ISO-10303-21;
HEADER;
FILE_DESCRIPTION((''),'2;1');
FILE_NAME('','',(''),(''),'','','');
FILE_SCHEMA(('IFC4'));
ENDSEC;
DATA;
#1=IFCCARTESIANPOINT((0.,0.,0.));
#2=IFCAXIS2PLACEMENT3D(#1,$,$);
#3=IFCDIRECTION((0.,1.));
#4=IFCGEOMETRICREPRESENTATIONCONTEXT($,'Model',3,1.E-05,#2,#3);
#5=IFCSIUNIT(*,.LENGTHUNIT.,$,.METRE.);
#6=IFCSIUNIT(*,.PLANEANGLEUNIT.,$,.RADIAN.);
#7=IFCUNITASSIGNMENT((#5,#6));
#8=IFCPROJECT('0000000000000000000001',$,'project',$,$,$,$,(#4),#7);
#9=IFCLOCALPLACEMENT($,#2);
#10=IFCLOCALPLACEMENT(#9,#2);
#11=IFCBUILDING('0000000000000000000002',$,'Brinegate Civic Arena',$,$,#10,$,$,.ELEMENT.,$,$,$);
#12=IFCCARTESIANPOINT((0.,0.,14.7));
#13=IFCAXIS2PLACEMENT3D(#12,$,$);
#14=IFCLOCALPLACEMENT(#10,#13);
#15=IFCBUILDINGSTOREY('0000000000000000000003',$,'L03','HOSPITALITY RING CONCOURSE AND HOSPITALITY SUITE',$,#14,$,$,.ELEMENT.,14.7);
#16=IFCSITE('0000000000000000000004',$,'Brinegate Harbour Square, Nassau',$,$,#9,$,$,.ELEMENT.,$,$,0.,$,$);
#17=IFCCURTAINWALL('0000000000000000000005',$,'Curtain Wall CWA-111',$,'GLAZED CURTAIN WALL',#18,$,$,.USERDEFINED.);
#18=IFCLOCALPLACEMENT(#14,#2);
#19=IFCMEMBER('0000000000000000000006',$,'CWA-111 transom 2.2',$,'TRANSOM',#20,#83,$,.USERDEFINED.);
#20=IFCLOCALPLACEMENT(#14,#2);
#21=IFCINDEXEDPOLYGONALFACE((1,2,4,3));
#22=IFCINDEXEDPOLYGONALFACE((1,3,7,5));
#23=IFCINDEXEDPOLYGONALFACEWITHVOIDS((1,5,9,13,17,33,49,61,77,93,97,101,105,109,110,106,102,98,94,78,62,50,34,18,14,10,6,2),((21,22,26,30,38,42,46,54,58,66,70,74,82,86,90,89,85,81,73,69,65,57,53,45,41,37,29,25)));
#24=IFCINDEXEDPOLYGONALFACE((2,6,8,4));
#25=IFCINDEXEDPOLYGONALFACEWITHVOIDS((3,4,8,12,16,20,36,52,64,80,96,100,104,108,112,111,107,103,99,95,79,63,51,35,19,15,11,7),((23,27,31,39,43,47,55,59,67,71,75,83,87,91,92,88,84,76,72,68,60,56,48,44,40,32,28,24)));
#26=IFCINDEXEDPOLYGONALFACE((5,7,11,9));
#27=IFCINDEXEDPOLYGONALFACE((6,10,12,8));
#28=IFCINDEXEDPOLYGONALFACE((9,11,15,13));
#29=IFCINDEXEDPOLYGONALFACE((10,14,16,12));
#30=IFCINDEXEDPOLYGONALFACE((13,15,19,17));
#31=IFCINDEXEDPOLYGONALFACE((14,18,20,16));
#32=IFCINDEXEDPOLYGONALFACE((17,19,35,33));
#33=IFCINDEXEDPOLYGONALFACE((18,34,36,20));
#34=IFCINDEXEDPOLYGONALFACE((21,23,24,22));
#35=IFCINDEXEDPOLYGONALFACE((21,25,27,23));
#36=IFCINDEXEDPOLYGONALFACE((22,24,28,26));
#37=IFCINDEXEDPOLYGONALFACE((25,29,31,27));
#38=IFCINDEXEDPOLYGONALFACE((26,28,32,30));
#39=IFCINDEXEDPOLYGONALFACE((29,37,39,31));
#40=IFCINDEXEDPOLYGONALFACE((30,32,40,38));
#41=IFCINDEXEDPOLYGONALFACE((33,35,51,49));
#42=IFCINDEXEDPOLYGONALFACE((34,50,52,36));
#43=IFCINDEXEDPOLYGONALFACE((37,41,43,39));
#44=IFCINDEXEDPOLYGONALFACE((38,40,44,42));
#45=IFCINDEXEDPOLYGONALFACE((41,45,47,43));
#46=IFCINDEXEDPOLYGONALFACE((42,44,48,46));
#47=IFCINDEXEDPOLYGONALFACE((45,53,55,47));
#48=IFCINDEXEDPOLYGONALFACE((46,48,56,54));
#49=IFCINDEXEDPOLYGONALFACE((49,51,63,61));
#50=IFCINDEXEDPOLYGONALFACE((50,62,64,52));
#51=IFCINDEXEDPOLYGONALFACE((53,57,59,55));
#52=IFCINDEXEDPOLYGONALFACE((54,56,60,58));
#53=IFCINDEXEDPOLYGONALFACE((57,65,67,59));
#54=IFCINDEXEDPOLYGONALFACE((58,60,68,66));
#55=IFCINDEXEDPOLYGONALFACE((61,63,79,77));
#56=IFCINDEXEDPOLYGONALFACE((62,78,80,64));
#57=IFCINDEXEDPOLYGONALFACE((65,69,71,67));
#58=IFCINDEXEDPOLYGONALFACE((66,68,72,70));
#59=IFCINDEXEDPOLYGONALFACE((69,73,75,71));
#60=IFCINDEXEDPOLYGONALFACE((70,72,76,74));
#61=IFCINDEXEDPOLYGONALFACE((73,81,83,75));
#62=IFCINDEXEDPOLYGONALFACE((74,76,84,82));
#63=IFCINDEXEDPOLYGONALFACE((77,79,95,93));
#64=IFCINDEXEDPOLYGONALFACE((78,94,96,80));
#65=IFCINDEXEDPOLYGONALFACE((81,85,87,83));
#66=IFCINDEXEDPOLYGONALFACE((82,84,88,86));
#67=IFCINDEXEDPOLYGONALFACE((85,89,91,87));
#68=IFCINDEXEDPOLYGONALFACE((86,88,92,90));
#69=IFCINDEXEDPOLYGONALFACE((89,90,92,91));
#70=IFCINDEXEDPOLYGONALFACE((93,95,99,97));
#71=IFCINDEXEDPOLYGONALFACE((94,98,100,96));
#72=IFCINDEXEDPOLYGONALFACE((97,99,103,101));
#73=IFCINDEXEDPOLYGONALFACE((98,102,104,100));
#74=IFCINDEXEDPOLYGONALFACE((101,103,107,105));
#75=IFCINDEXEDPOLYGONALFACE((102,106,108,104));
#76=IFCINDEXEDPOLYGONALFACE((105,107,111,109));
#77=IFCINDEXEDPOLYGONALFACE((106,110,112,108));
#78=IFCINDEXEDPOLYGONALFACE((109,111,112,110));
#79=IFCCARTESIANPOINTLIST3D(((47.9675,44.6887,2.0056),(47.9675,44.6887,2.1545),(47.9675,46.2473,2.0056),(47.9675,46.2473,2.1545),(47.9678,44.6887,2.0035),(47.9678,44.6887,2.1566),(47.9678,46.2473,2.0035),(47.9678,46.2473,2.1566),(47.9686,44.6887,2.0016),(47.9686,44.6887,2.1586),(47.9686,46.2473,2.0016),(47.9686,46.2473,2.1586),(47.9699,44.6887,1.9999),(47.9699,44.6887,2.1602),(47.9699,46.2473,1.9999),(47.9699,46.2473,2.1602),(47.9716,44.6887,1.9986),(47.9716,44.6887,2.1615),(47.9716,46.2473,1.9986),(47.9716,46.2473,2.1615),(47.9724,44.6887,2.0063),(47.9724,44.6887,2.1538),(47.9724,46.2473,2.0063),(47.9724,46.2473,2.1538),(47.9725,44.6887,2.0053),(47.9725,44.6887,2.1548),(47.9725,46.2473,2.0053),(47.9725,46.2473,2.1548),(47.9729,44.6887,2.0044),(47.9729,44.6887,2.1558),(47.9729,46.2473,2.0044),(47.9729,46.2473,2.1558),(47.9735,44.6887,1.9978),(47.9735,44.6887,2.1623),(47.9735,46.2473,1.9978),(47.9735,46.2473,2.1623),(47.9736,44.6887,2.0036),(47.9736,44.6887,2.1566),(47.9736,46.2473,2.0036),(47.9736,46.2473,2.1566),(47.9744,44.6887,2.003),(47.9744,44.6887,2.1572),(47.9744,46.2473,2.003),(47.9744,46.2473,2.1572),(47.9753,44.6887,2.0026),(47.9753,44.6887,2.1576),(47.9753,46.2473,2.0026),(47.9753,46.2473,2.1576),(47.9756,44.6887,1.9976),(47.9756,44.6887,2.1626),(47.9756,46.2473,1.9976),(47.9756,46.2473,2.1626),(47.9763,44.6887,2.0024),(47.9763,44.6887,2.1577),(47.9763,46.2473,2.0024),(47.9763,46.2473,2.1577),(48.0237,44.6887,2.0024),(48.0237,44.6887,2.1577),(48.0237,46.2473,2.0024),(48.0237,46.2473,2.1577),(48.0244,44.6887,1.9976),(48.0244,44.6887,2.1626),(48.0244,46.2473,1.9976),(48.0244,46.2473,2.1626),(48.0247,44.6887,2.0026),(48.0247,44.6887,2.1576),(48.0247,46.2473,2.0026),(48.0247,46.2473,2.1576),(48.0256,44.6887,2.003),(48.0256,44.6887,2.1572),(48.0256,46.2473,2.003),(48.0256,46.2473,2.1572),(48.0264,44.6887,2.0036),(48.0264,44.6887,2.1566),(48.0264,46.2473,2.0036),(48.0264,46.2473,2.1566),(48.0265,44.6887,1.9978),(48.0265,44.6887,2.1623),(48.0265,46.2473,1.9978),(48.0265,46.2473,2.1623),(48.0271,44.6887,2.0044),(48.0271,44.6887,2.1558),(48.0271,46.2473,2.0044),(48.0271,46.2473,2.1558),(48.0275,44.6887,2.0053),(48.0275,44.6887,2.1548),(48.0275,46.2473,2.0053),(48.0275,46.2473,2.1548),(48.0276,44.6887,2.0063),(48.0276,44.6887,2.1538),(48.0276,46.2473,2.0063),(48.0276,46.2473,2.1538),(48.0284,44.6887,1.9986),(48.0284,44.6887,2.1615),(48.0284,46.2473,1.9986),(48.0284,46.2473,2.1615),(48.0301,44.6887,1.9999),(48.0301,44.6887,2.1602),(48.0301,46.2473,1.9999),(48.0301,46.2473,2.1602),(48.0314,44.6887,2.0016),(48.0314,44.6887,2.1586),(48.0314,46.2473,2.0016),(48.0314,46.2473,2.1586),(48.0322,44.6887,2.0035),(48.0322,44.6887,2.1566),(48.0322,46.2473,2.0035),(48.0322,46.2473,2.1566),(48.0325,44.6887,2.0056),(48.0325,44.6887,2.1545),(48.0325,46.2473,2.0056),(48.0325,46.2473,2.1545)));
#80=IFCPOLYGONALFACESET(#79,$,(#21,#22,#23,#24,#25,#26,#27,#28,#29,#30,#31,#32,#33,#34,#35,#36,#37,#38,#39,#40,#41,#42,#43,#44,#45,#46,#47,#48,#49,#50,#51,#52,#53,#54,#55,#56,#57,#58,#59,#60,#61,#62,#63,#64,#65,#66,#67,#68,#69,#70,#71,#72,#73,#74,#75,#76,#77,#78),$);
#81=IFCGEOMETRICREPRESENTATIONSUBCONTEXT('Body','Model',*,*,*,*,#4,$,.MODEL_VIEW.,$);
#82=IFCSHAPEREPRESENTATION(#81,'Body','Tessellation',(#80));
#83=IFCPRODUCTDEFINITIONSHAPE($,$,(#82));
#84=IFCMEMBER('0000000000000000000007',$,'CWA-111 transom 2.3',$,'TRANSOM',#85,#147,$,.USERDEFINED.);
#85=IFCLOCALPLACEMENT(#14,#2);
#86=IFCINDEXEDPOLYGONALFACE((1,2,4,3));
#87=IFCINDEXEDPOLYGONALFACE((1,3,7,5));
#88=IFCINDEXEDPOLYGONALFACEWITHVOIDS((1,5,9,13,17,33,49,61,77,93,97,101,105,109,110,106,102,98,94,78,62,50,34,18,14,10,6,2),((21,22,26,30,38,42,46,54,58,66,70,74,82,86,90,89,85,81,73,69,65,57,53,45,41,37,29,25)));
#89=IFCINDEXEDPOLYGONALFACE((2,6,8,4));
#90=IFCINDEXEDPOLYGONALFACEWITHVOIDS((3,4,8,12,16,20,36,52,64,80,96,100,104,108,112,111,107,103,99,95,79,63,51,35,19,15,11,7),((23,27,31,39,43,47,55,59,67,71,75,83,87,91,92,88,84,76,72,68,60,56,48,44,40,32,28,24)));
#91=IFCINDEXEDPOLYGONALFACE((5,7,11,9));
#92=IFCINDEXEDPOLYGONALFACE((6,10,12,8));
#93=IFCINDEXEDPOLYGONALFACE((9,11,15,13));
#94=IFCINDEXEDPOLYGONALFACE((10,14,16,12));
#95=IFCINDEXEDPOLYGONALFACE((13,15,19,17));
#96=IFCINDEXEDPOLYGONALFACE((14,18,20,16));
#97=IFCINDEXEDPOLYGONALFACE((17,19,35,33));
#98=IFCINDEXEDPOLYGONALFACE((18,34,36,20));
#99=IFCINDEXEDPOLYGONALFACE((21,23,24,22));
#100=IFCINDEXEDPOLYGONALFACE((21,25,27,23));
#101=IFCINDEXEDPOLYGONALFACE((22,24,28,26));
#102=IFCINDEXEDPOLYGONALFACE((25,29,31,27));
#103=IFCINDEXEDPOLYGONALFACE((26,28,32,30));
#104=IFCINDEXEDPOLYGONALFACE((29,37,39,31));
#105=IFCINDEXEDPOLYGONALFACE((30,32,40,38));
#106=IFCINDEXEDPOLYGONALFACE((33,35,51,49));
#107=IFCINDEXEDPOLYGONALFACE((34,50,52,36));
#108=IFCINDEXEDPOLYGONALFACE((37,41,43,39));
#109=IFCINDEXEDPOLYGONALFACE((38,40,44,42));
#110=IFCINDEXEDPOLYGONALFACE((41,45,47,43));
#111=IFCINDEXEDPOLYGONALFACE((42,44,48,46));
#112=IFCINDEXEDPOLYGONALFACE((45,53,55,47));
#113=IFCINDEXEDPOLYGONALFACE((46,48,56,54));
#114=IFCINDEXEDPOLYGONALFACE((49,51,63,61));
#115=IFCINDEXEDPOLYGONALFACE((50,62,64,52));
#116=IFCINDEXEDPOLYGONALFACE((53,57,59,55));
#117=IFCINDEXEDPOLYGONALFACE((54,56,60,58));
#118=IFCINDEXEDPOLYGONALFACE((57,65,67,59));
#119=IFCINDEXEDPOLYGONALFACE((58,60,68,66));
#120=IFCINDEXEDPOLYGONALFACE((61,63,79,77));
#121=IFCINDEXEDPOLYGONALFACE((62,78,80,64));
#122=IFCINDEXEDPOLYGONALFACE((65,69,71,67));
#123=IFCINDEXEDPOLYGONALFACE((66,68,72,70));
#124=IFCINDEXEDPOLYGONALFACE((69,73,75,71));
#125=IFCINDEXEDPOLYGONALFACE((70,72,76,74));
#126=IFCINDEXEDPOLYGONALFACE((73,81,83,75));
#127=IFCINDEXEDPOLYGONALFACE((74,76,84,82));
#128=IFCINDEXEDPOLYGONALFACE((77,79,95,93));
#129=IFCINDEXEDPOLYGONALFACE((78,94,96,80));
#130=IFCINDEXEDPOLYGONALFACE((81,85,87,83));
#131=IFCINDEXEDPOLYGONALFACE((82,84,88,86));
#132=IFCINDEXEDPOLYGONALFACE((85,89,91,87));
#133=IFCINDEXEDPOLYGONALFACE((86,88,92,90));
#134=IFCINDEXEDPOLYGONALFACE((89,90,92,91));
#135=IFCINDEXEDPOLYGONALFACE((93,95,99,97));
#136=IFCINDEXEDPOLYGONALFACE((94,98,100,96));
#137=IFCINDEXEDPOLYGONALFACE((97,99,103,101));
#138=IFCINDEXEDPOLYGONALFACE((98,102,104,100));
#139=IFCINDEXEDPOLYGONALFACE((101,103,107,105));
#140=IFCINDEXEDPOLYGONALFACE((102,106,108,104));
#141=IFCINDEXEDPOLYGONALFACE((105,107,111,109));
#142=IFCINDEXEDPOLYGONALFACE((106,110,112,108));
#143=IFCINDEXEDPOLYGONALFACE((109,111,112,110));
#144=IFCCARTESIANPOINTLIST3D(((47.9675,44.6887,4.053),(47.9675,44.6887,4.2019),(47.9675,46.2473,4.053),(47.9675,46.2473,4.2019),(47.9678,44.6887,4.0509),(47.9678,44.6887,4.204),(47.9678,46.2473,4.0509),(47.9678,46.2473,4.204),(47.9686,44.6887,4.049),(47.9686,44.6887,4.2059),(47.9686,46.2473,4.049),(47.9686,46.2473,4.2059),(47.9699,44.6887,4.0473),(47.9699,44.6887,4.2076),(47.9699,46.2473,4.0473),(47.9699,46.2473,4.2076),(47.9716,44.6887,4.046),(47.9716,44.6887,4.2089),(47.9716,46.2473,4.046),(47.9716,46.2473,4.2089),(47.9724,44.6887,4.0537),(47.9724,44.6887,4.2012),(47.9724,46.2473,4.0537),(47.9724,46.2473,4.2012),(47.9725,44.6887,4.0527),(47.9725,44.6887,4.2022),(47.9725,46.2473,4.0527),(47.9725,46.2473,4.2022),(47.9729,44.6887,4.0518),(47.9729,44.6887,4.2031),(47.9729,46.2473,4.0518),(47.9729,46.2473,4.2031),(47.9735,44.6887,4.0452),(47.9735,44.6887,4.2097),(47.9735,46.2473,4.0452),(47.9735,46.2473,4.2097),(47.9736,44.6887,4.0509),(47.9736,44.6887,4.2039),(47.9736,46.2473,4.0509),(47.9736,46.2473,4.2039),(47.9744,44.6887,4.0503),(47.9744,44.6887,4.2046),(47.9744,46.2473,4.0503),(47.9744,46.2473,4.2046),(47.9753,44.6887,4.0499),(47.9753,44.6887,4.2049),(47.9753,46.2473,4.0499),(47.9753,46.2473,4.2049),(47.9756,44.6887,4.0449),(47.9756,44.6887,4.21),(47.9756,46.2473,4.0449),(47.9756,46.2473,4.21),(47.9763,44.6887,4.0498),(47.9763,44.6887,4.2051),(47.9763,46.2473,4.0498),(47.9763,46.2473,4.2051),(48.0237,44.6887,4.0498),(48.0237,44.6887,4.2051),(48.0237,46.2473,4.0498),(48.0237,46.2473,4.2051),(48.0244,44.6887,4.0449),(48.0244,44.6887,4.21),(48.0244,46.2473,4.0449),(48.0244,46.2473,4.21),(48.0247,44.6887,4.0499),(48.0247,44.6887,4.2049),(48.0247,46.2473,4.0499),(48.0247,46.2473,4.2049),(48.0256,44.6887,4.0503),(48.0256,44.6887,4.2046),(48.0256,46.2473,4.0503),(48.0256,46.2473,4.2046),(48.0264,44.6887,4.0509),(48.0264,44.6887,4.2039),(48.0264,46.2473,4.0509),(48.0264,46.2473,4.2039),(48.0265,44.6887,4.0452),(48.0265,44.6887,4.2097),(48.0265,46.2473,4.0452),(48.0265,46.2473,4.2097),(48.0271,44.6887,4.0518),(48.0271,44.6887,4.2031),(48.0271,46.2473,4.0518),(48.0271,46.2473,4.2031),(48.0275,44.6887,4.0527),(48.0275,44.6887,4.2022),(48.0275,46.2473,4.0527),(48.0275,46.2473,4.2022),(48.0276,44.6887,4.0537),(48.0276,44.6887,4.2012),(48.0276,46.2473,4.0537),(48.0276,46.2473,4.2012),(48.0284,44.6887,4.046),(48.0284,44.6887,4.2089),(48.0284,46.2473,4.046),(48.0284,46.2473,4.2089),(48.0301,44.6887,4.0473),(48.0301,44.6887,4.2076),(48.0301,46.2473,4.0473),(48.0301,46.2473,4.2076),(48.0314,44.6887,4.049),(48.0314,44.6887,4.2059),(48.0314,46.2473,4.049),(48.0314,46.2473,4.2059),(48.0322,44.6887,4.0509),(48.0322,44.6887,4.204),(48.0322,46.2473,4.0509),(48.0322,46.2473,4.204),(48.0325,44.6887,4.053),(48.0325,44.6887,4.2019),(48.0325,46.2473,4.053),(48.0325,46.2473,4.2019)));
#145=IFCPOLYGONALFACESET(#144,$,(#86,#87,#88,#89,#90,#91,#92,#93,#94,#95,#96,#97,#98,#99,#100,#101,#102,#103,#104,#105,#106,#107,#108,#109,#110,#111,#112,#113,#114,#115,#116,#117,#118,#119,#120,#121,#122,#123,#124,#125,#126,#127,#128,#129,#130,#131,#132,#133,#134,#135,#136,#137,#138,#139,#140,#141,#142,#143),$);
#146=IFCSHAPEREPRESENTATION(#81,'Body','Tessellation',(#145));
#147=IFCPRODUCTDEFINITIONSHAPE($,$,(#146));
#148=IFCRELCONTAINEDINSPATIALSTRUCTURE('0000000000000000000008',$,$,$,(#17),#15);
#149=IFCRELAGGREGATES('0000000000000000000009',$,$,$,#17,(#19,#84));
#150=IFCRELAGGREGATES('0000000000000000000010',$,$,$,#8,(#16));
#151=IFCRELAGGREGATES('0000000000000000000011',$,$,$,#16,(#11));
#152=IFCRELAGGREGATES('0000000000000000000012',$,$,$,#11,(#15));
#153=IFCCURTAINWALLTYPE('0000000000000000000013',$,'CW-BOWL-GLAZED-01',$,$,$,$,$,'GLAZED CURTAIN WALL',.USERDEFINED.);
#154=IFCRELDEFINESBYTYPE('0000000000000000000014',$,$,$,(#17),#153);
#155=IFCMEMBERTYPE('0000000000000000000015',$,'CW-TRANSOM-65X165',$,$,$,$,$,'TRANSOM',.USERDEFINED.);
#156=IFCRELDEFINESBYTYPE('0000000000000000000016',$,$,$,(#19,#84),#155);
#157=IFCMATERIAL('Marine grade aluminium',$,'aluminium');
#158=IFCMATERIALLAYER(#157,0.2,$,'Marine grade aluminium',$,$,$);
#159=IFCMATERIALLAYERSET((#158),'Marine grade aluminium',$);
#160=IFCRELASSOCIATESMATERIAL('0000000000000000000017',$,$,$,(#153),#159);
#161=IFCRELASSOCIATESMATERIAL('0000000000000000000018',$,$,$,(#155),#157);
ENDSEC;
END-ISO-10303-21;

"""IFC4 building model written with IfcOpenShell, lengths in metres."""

from ifc_helpers import new_model, si_unit, direction, frame, origin, origin_2d, place, context, subcontext, project, spatial, hollow_rectangle, extrude, material, layer, layer_set, material_profile, profile_set, type_object, element, aggregate, save


model = new_model("IFC4")

# Units and contexts
model_context = context("Model", 3, precision=1e-05, world=origin(), true_north=direction((0.0, 1.0)))
body_context = subcontext(model_context, "Body", "Model", "MODEL_VIEW")
ifc_project = project(units=[si_unit("LENGTHUNIT", "METRE"), si_unit("PLANEANGLEUNIT", "RADIAN")], contexts=[model_context])

# Site, building, storey
site_placement = place(None, origin())
site = spatial("IfcSite", under=ifc_project, at=site_placement, Name="Brinegate Harbour Square, Nassau", CompositionType="ELEMENT", RefElevation=0.0)
building_placement = place(site_placement, origin())
building = spatial("IfcBuilding", under=site, at=building_placement, Name="Brinegate Civic Arena", CompositionType="ELEMENT")
storey_placement = place(building_placement, frame((0.0, 0.0, 14.7)))
storey = spatial("IfcBuildingStorey", under=building, at=storey_placement, Name="L03", Description="HOSPITALITY RING CONCOURSE AND HOSPITALITY SUITE", CompositionType="ELEMENT", Elevation=14.7)

# Curtain wall, members
ifc_material_1 = material(Name="Marine grade aluminium", Category="aluminium")
ifc_layer_1 = layer(ifc_material_1, 0.2, Name="Marine grade aluminium")
ifc_layer_set_1 = layer_set([ifc_layer_1], Name="Marine grade aluminium")
curtain_wall_type = type_object("IfcCurtainWallType", Name="CW-BOWL-GLAZED-01", ElementType="GLAZED CURTAIN WALL", PredefinedType="USERDEFINED", material=ifc_layer_set_1)
curtain_wall_placement = place(storey_placement, origin())
curtain_wall = element("IfcCurtainWall", 1, at=curtain_wall_placement, inside=storey, type_object=curtain_wall_type, Name="Curtain Wall CWA-111", ObjectType="GLAZED CURTAIN WALL", PredefinedType="USERDEFINED")
ifc_material_profile_1 = material_profile(ifc_material_1, hollow_rectangle(XDim=0.0649, YDim=0.165, WallThickness=0.0049, InnerFilletRadius=0.0039, OuterFilletRadius=0.0081, at=origin_2d()), Name="TRN65X165")
ifc_profile_set_1 = profile_set([ifc_material_profile_1], Name="Marine grade aluminium")
member_type_1 = type_object("IfcMemberType", Name="CW-TRANSOM-65X165", ElementType="TRANSOM", PredefinedType="USERDEFINED", material=ifc_profile_set_1)
member_1_placement = place(storey_placement, frame((48.0, 44.6887, 2.0801), z_axis=(0.0, 1.0, 0.0), x_axis=(-1.0, 0.0, 0.0)))
member_1 = element("IfcMember", 2, at=member_1_placement, type_object=member_type_1, Name="CWA-111 transom 2.2", ObjectType="TRANSOM", PredefinedType="USERDEFINED", context=body_context, shape_type="SweptSolid", body=[
    extrude(hollow_rectangle(XDim=0.0649, YDim=0.165, WallThickness=0.0049, InnerFilletRadius=0.0039, OuterFilletRadius=0.0081, at=origin_2d()), origin(), (0.0, 0.0, 1.0), 1.5586),
])
member_2_placement = place(storey_placement, frame((48.0, 44.6887, 4.1274), z_axis=(0.0, 1.0, 0.0), x_axis=(-1.0, 0.0, 0.0)))
member_2 = element("IfcMember", 3, at=member_2_placement, type_object=member_type_1, Name="CWA-111 transom 2.3", ObjectType="TRANSOM", PredefinedType="USERDEFINED", context=body_context, shape_type="SweptSolid", body=[
    extrude(hollow_rectangle(XDim=0.0649, YDim=0.165, WallThickness=0.0049, InnerFilletRadius=0.0039, OuterFilletRadius=0.0081, at=origin_2d()), origin(), (0.0, 0.0, 1.0), 1.5586),
])
aggregate(curtain_wall, [member_1, member_2])

save(model, "model.ifc")
